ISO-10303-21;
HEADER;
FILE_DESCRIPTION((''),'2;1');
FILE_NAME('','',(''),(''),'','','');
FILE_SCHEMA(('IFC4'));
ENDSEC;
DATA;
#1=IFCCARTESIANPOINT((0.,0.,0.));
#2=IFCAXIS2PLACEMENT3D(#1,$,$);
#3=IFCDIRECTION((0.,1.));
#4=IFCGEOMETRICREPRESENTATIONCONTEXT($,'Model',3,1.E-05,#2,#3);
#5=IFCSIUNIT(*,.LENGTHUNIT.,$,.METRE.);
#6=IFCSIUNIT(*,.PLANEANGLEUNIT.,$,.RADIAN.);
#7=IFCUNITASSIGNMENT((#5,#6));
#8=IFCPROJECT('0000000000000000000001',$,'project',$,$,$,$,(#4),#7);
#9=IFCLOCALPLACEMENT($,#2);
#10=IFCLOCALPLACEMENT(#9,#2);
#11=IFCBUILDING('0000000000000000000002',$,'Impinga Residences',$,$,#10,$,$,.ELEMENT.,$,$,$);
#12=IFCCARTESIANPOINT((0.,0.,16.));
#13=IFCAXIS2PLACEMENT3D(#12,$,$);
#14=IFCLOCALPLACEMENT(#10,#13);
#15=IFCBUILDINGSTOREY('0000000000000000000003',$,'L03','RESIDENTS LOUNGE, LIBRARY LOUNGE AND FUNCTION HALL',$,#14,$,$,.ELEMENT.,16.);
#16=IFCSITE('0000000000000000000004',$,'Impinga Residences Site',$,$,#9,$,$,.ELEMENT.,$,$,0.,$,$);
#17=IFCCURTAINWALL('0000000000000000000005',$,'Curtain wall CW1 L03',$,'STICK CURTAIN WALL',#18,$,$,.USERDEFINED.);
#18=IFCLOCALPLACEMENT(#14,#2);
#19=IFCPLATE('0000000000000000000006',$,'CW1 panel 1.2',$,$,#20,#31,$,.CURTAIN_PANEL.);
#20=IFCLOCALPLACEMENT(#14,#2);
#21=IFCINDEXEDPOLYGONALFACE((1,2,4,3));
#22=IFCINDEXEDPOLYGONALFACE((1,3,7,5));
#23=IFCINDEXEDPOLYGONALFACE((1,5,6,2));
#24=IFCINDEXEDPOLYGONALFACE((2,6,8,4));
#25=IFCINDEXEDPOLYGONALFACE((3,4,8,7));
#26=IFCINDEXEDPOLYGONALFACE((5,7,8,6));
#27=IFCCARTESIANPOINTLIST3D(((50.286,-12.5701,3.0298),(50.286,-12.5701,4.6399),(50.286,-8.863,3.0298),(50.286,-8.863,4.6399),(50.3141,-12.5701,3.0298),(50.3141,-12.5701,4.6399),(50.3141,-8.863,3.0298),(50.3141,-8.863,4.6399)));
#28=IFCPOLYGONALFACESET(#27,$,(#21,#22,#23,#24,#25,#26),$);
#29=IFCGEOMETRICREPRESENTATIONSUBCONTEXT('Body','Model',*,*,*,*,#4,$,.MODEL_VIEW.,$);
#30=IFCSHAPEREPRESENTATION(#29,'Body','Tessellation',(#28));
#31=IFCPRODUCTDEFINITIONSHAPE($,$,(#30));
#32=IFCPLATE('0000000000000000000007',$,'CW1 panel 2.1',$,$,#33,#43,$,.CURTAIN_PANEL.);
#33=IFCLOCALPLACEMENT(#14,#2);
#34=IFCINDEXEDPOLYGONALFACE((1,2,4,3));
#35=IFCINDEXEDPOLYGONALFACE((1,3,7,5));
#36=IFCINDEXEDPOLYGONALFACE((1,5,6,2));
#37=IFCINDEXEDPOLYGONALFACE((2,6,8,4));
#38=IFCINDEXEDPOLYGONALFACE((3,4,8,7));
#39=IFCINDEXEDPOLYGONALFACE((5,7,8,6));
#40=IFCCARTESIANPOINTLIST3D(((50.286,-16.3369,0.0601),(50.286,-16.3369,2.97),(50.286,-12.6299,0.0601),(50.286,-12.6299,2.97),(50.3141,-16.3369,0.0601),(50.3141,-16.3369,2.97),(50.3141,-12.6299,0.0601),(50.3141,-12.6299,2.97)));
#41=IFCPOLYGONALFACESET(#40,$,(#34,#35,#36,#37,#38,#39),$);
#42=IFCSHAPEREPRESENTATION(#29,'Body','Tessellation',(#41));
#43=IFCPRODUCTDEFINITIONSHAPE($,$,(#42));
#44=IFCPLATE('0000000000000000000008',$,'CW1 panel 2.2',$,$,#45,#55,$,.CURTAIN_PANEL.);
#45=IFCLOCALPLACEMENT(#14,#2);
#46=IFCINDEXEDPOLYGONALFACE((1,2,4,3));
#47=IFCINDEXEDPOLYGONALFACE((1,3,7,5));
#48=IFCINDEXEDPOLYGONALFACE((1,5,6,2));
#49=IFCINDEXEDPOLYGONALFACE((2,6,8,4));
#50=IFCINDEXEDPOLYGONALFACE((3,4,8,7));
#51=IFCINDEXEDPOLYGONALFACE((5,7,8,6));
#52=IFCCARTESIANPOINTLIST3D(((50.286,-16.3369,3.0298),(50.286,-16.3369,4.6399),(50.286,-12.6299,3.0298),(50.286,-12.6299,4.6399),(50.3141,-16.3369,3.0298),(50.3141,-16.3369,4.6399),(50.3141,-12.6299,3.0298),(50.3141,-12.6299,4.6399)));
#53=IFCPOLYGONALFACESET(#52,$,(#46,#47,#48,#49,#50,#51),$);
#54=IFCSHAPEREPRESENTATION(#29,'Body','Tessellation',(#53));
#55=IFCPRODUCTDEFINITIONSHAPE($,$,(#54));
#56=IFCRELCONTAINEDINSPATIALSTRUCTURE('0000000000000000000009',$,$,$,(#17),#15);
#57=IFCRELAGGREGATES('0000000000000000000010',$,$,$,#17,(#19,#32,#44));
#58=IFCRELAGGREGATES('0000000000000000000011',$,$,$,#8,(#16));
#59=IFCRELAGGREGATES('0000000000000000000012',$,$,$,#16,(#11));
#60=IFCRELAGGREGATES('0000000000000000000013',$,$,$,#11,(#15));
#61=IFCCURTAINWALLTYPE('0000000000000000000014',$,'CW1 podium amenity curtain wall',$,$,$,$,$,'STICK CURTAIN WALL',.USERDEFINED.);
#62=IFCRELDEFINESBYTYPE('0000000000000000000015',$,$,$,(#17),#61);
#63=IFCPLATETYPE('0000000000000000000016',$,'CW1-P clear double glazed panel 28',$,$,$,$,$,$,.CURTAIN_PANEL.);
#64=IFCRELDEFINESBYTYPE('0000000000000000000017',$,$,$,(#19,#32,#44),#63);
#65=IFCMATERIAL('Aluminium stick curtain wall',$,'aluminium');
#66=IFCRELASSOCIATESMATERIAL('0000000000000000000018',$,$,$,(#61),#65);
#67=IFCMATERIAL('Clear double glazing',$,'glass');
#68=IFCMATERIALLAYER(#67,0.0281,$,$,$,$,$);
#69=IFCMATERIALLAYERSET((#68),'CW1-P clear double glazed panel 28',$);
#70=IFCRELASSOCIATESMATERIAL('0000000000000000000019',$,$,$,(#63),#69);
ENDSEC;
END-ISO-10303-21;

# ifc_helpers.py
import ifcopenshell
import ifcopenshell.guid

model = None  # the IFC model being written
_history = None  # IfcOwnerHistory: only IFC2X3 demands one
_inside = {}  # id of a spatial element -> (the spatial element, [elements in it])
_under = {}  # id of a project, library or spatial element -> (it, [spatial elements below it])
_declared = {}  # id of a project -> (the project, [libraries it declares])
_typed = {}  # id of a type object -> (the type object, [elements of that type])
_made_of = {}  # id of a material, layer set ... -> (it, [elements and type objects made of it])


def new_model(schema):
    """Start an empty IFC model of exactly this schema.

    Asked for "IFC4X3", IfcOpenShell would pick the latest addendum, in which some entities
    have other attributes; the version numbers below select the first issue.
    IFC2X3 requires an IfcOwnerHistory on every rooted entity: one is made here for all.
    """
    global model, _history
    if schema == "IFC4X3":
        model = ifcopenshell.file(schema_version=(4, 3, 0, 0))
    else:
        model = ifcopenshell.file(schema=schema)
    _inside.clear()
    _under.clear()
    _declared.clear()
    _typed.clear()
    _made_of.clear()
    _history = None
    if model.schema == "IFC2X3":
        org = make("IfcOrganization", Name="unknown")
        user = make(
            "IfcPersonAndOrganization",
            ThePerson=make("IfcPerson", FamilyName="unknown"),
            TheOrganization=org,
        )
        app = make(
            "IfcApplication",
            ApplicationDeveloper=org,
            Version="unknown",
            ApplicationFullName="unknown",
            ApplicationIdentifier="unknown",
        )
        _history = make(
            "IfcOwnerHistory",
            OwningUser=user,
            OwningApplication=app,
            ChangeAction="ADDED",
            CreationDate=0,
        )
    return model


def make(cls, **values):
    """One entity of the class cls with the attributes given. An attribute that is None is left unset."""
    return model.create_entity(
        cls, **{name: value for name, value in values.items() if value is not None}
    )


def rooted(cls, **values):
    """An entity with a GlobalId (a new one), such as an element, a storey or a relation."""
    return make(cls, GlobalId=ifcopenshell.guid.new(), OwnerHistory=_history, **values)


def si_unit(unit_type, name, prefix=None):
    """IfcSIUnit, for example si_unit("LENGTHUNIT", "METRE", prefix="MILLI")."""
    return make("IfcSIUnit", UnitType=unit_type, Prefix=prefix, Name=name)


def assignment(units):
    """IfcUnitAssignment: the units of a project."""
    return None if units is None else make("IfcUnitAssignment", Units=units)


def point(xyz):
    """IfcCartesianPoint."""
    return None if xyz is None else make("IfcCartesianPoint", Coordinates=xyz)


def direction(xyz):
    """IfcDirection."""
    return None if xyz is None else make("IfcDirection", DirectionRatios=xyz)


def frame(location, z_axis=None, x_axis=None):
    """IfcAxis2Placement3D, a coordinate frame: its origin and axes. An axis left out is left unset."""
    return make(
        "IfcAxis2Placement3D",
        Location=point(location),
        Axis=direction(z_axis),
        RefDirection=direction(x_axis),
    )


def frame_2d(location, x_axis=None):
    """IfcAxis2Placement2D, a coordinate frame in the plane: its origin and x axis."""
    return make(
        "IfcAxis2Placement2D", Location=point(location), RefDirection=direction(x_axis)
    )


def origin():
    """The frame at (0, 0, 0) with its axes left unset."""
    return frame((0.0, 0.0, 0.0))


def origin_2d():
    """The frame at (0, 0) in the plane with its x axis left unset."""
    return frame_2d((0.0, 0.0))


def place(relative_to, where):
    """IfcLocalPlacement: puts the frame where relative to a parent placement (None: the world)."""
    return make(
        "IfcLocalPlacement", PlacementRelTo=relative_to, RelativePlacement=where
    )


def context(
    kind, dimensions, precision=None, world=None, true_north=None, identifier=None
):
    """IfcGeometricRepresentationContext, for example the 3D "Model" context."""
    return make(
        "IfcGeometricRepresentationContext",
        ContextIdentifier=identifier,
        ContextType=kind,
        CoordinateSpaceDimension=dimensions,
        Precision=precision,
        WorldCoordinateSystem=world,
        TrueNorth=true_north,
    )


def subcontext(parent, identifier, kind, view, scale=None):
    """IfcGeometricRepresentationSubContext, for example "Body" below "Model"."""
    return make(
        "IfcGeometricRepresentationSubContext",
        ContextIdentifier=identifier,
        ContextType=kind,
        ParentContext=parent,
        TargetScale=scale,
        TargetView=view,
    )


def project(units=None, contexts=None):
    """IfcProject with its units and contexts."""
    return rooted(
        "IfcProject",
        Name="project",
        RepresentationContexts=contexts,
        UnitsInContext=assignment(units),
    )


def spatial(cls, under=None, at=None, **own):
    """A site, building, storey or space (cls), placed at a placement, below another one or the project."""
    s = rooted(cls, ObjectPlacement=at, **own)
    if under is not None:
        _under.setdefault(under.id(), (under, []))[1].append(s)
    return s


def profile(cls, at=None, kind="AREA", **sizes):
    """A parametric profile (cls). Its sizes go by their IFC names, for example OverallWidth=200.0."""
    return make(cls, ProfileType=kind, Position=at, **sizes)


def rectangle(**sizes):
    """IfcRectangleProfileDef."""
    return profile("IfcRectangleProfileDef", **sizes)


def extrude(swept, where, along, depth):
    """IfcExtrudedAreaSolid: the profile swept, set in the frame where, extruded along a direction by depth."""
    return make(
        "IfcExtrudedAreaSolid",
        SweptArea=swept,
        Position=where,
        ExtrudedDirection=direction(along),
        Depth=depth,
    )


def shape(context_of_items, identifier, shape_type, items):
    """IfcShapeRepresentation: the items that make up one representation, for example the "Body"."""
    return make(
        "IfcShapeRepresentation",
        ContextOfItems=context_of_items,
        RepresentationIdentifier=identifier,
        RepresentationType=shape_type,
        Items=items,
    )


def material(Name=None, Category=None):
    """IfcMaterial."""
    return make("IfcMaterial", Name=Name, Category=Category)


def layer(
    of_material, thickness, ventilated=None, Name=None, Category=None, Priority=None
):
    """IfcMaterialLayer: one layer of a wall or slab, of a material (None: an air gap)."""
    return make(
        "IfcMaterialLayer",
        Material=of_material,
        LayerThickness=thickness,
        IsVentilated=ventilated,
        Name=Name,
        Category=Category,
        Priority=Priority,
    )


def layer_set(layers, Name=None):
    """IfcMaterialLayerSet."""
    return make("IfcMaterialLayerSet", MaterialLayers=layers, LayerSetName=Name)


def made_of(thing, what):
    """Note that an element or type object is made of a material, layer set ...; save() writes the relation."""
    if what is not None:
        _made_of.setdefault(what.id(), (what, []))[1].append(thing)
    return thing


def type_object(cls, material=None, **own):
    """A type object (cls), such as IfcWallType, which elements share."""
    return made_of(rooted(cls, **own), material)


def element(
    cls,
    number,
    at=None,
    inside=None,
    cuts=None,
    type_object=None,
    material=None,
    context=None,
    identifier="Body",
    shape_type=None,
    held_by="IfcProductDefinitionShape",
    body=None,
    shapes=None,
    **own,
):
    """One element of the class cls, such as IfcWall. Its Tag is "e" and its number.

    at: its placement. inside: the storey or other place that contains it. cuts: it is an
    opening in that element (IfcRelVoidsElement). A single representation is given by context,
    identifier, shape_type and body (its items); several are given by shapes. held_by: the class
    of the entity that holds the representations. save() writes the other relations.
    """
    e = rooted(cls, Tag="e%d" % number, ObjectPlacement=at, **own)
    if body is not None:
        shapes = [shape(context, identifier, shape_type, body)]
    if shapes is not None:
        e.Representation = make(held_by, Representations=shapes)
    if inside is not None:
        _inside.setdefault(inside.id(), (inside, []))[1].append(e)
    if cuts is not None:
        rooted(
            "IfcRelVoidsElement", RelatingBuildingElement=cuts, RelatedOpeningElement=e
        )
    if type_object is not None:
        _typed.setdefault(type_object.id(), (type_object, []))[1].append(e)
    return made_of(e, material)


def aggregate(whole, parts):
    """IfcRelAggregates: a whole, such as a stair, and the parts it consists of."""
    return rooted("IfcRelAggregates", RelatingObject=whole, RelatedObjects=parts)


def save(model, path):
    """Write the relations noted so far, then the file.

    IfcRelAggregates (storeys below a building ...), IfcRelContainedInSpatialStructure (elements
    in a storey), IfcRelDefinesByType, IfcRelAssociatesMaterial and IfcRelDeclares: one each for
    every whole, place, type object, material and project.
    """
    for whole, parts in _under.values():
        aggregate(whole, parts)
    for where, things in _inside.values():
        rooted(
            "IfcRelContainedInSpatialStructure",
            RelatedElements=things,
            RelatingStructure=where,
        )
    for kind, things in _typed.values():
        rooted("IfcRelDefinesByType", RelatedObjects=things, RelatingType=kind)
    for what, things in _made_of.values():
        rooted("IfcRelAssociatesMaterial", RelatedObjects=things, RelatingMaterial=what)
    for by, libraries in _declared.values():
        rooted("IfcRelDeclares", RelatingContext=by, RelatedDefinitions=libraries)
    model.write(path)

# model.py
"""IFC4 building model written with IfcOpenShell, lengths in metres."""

from ifc_helpers import new_model, si_unit, direction, frame, origin, origin_2d, place, context, subcontext, project, spatial, rectangle, extrude, material, layer, layer_set, type_object, element, aggregate, save


model = new_model("IFC4")

# Units and contexts
model_context = context("Model", 3, precision=1e-05, world=origin(), true_north=direction((0.0, 1.0)))
body_context = subcontext(model_context, "Body", "Model", "MODEL_VIEW")
ifc_project = project(units=[si_unit("LENGTHUNIT", "METRE"), si_unit("PLANEANGLEUNIT", "RADIAN")], contexts=[model_context])

# Site, building, storey
site_placement = place(None, origin())
site = spatial("IfcSite", under=ifc_project, at=site_placement, Name="Impinga Residences Site", CompositionType="ELEMENT", RefElevation=0.0)
building_placement = place(site_placement, origin())
building = spatial("IfcBuilding", under=site, at=building_placement, Name="Impinga Residences", CompositionType="ELEMENT")
storey_placement = place(building_placement, frame((0.0, 0.0, 16.0)))
storey = spatial("IfcBuildingStorey", under=building, at=storey_placement, Name="L03", Description="RESIDENTS LOUNGE, LIBRARY LOUNGE AND FUNCTION HALL", CompositionType="ELEMENT", Elevation=16.0)

# Curtain wall
ifc_material_1 = material(Name="Aluminium stick curtain wall", Category="aluminium")
curtain_wall_type = type_object("IfcCurtainWallType", Name="CW1 podium amenity curtain wall", ElementType="STICK CURTAIN WALL", PredefinedType="USERDEFINED", material=ifc_material_1)
curtain_wall_1_placement = place(storey_placement, origin())
curtain_wall_1 = element("IfcCurtainWall", 1, at=curtain_wall_1_placement, inside=storey, type_object=curtain_wall_type, Name="Curtain wall CW1 L03", ObjectType="STICK CURTAIN WALL", PredefinedType="USERDEFINED")

# Plates
ifc_material_2 = material(Name="Clear double glazing", Category="glass")
ifc_layer = layer(ifc_material_2, 0.0281)
ifc_layer_set = layer_set([ifc_layer], Name="CW1-P clear double glazed panel 28")
plate_type = type_object("IfcPlateType", Name="CW1-P clear double glazed panel 28", PredefinedType="CURTAIN_PANEL", material=ifc_layer_set)
plate_1_placement = place(storey_placement, frame((50.3, -10.7166, 3.0298), z_axis=(0.0, 0.0, 1.0), x_axis=(0.0, -1.0, 0.0)))
plate_1 = element("IfcPlate", 2, at=plate_1_placement, type_object=plate_type, Name="CW1 panel 1.2", PredefinedType="CURTAIN_PANEL", context=body_context, shape_type="SweptSolid", body=[
    extrude(rectangle(XDim=3.707, YDim=0.0281, at=origin_2d()), origin(), (0.0, 0.0, 1.0), 1.6101),
])
plate_2_placement = place(storey_placement, frame((50.3, -14.4834, 0.0601), z_axis=(0.0, 0.0, 1.0), x_axis=(0.0, -1.0, 0.0)))
plate_2 = element("IfcPlate", 3, at=plate_2_placement, type_object=plate_type, Name="CW1 panel 2.1", PredefinedType="CURTAIN_PANEL", context=body_context, shape_type="SweptSolid", body=[
    extrude(rectangle(XDim=3.707, YDim=0.0281, at=origin_2d()), origin(), (0.0, 0.0, 1.0), 2.9099),
])
plate_3_placement = place(storey_placement, frame((50.3, -14.4834, 3.0298), z_axis=(0.0, 0.0, 1.0), x_axis=(0.0, -1.0, 0.0)))
plate_3 = element("IfcPlate", 4, at=plate_3_placement, type_object=plate_type, Name="CW1 panel 2.2", PredefinedType="CURTAIN_PANEL", context=body_context, shape_type="SweptSolid", body=[
    extrude(rectangle(XDim=3.707, YDim=0.0281, at=origin_2d()), origin(), (0.0, 0.0, 1.0), 1.6101),
])
aggregate(curtain_wall_1, [plate_1, plate_2, plate_3])

save(model, "model.ifc")
